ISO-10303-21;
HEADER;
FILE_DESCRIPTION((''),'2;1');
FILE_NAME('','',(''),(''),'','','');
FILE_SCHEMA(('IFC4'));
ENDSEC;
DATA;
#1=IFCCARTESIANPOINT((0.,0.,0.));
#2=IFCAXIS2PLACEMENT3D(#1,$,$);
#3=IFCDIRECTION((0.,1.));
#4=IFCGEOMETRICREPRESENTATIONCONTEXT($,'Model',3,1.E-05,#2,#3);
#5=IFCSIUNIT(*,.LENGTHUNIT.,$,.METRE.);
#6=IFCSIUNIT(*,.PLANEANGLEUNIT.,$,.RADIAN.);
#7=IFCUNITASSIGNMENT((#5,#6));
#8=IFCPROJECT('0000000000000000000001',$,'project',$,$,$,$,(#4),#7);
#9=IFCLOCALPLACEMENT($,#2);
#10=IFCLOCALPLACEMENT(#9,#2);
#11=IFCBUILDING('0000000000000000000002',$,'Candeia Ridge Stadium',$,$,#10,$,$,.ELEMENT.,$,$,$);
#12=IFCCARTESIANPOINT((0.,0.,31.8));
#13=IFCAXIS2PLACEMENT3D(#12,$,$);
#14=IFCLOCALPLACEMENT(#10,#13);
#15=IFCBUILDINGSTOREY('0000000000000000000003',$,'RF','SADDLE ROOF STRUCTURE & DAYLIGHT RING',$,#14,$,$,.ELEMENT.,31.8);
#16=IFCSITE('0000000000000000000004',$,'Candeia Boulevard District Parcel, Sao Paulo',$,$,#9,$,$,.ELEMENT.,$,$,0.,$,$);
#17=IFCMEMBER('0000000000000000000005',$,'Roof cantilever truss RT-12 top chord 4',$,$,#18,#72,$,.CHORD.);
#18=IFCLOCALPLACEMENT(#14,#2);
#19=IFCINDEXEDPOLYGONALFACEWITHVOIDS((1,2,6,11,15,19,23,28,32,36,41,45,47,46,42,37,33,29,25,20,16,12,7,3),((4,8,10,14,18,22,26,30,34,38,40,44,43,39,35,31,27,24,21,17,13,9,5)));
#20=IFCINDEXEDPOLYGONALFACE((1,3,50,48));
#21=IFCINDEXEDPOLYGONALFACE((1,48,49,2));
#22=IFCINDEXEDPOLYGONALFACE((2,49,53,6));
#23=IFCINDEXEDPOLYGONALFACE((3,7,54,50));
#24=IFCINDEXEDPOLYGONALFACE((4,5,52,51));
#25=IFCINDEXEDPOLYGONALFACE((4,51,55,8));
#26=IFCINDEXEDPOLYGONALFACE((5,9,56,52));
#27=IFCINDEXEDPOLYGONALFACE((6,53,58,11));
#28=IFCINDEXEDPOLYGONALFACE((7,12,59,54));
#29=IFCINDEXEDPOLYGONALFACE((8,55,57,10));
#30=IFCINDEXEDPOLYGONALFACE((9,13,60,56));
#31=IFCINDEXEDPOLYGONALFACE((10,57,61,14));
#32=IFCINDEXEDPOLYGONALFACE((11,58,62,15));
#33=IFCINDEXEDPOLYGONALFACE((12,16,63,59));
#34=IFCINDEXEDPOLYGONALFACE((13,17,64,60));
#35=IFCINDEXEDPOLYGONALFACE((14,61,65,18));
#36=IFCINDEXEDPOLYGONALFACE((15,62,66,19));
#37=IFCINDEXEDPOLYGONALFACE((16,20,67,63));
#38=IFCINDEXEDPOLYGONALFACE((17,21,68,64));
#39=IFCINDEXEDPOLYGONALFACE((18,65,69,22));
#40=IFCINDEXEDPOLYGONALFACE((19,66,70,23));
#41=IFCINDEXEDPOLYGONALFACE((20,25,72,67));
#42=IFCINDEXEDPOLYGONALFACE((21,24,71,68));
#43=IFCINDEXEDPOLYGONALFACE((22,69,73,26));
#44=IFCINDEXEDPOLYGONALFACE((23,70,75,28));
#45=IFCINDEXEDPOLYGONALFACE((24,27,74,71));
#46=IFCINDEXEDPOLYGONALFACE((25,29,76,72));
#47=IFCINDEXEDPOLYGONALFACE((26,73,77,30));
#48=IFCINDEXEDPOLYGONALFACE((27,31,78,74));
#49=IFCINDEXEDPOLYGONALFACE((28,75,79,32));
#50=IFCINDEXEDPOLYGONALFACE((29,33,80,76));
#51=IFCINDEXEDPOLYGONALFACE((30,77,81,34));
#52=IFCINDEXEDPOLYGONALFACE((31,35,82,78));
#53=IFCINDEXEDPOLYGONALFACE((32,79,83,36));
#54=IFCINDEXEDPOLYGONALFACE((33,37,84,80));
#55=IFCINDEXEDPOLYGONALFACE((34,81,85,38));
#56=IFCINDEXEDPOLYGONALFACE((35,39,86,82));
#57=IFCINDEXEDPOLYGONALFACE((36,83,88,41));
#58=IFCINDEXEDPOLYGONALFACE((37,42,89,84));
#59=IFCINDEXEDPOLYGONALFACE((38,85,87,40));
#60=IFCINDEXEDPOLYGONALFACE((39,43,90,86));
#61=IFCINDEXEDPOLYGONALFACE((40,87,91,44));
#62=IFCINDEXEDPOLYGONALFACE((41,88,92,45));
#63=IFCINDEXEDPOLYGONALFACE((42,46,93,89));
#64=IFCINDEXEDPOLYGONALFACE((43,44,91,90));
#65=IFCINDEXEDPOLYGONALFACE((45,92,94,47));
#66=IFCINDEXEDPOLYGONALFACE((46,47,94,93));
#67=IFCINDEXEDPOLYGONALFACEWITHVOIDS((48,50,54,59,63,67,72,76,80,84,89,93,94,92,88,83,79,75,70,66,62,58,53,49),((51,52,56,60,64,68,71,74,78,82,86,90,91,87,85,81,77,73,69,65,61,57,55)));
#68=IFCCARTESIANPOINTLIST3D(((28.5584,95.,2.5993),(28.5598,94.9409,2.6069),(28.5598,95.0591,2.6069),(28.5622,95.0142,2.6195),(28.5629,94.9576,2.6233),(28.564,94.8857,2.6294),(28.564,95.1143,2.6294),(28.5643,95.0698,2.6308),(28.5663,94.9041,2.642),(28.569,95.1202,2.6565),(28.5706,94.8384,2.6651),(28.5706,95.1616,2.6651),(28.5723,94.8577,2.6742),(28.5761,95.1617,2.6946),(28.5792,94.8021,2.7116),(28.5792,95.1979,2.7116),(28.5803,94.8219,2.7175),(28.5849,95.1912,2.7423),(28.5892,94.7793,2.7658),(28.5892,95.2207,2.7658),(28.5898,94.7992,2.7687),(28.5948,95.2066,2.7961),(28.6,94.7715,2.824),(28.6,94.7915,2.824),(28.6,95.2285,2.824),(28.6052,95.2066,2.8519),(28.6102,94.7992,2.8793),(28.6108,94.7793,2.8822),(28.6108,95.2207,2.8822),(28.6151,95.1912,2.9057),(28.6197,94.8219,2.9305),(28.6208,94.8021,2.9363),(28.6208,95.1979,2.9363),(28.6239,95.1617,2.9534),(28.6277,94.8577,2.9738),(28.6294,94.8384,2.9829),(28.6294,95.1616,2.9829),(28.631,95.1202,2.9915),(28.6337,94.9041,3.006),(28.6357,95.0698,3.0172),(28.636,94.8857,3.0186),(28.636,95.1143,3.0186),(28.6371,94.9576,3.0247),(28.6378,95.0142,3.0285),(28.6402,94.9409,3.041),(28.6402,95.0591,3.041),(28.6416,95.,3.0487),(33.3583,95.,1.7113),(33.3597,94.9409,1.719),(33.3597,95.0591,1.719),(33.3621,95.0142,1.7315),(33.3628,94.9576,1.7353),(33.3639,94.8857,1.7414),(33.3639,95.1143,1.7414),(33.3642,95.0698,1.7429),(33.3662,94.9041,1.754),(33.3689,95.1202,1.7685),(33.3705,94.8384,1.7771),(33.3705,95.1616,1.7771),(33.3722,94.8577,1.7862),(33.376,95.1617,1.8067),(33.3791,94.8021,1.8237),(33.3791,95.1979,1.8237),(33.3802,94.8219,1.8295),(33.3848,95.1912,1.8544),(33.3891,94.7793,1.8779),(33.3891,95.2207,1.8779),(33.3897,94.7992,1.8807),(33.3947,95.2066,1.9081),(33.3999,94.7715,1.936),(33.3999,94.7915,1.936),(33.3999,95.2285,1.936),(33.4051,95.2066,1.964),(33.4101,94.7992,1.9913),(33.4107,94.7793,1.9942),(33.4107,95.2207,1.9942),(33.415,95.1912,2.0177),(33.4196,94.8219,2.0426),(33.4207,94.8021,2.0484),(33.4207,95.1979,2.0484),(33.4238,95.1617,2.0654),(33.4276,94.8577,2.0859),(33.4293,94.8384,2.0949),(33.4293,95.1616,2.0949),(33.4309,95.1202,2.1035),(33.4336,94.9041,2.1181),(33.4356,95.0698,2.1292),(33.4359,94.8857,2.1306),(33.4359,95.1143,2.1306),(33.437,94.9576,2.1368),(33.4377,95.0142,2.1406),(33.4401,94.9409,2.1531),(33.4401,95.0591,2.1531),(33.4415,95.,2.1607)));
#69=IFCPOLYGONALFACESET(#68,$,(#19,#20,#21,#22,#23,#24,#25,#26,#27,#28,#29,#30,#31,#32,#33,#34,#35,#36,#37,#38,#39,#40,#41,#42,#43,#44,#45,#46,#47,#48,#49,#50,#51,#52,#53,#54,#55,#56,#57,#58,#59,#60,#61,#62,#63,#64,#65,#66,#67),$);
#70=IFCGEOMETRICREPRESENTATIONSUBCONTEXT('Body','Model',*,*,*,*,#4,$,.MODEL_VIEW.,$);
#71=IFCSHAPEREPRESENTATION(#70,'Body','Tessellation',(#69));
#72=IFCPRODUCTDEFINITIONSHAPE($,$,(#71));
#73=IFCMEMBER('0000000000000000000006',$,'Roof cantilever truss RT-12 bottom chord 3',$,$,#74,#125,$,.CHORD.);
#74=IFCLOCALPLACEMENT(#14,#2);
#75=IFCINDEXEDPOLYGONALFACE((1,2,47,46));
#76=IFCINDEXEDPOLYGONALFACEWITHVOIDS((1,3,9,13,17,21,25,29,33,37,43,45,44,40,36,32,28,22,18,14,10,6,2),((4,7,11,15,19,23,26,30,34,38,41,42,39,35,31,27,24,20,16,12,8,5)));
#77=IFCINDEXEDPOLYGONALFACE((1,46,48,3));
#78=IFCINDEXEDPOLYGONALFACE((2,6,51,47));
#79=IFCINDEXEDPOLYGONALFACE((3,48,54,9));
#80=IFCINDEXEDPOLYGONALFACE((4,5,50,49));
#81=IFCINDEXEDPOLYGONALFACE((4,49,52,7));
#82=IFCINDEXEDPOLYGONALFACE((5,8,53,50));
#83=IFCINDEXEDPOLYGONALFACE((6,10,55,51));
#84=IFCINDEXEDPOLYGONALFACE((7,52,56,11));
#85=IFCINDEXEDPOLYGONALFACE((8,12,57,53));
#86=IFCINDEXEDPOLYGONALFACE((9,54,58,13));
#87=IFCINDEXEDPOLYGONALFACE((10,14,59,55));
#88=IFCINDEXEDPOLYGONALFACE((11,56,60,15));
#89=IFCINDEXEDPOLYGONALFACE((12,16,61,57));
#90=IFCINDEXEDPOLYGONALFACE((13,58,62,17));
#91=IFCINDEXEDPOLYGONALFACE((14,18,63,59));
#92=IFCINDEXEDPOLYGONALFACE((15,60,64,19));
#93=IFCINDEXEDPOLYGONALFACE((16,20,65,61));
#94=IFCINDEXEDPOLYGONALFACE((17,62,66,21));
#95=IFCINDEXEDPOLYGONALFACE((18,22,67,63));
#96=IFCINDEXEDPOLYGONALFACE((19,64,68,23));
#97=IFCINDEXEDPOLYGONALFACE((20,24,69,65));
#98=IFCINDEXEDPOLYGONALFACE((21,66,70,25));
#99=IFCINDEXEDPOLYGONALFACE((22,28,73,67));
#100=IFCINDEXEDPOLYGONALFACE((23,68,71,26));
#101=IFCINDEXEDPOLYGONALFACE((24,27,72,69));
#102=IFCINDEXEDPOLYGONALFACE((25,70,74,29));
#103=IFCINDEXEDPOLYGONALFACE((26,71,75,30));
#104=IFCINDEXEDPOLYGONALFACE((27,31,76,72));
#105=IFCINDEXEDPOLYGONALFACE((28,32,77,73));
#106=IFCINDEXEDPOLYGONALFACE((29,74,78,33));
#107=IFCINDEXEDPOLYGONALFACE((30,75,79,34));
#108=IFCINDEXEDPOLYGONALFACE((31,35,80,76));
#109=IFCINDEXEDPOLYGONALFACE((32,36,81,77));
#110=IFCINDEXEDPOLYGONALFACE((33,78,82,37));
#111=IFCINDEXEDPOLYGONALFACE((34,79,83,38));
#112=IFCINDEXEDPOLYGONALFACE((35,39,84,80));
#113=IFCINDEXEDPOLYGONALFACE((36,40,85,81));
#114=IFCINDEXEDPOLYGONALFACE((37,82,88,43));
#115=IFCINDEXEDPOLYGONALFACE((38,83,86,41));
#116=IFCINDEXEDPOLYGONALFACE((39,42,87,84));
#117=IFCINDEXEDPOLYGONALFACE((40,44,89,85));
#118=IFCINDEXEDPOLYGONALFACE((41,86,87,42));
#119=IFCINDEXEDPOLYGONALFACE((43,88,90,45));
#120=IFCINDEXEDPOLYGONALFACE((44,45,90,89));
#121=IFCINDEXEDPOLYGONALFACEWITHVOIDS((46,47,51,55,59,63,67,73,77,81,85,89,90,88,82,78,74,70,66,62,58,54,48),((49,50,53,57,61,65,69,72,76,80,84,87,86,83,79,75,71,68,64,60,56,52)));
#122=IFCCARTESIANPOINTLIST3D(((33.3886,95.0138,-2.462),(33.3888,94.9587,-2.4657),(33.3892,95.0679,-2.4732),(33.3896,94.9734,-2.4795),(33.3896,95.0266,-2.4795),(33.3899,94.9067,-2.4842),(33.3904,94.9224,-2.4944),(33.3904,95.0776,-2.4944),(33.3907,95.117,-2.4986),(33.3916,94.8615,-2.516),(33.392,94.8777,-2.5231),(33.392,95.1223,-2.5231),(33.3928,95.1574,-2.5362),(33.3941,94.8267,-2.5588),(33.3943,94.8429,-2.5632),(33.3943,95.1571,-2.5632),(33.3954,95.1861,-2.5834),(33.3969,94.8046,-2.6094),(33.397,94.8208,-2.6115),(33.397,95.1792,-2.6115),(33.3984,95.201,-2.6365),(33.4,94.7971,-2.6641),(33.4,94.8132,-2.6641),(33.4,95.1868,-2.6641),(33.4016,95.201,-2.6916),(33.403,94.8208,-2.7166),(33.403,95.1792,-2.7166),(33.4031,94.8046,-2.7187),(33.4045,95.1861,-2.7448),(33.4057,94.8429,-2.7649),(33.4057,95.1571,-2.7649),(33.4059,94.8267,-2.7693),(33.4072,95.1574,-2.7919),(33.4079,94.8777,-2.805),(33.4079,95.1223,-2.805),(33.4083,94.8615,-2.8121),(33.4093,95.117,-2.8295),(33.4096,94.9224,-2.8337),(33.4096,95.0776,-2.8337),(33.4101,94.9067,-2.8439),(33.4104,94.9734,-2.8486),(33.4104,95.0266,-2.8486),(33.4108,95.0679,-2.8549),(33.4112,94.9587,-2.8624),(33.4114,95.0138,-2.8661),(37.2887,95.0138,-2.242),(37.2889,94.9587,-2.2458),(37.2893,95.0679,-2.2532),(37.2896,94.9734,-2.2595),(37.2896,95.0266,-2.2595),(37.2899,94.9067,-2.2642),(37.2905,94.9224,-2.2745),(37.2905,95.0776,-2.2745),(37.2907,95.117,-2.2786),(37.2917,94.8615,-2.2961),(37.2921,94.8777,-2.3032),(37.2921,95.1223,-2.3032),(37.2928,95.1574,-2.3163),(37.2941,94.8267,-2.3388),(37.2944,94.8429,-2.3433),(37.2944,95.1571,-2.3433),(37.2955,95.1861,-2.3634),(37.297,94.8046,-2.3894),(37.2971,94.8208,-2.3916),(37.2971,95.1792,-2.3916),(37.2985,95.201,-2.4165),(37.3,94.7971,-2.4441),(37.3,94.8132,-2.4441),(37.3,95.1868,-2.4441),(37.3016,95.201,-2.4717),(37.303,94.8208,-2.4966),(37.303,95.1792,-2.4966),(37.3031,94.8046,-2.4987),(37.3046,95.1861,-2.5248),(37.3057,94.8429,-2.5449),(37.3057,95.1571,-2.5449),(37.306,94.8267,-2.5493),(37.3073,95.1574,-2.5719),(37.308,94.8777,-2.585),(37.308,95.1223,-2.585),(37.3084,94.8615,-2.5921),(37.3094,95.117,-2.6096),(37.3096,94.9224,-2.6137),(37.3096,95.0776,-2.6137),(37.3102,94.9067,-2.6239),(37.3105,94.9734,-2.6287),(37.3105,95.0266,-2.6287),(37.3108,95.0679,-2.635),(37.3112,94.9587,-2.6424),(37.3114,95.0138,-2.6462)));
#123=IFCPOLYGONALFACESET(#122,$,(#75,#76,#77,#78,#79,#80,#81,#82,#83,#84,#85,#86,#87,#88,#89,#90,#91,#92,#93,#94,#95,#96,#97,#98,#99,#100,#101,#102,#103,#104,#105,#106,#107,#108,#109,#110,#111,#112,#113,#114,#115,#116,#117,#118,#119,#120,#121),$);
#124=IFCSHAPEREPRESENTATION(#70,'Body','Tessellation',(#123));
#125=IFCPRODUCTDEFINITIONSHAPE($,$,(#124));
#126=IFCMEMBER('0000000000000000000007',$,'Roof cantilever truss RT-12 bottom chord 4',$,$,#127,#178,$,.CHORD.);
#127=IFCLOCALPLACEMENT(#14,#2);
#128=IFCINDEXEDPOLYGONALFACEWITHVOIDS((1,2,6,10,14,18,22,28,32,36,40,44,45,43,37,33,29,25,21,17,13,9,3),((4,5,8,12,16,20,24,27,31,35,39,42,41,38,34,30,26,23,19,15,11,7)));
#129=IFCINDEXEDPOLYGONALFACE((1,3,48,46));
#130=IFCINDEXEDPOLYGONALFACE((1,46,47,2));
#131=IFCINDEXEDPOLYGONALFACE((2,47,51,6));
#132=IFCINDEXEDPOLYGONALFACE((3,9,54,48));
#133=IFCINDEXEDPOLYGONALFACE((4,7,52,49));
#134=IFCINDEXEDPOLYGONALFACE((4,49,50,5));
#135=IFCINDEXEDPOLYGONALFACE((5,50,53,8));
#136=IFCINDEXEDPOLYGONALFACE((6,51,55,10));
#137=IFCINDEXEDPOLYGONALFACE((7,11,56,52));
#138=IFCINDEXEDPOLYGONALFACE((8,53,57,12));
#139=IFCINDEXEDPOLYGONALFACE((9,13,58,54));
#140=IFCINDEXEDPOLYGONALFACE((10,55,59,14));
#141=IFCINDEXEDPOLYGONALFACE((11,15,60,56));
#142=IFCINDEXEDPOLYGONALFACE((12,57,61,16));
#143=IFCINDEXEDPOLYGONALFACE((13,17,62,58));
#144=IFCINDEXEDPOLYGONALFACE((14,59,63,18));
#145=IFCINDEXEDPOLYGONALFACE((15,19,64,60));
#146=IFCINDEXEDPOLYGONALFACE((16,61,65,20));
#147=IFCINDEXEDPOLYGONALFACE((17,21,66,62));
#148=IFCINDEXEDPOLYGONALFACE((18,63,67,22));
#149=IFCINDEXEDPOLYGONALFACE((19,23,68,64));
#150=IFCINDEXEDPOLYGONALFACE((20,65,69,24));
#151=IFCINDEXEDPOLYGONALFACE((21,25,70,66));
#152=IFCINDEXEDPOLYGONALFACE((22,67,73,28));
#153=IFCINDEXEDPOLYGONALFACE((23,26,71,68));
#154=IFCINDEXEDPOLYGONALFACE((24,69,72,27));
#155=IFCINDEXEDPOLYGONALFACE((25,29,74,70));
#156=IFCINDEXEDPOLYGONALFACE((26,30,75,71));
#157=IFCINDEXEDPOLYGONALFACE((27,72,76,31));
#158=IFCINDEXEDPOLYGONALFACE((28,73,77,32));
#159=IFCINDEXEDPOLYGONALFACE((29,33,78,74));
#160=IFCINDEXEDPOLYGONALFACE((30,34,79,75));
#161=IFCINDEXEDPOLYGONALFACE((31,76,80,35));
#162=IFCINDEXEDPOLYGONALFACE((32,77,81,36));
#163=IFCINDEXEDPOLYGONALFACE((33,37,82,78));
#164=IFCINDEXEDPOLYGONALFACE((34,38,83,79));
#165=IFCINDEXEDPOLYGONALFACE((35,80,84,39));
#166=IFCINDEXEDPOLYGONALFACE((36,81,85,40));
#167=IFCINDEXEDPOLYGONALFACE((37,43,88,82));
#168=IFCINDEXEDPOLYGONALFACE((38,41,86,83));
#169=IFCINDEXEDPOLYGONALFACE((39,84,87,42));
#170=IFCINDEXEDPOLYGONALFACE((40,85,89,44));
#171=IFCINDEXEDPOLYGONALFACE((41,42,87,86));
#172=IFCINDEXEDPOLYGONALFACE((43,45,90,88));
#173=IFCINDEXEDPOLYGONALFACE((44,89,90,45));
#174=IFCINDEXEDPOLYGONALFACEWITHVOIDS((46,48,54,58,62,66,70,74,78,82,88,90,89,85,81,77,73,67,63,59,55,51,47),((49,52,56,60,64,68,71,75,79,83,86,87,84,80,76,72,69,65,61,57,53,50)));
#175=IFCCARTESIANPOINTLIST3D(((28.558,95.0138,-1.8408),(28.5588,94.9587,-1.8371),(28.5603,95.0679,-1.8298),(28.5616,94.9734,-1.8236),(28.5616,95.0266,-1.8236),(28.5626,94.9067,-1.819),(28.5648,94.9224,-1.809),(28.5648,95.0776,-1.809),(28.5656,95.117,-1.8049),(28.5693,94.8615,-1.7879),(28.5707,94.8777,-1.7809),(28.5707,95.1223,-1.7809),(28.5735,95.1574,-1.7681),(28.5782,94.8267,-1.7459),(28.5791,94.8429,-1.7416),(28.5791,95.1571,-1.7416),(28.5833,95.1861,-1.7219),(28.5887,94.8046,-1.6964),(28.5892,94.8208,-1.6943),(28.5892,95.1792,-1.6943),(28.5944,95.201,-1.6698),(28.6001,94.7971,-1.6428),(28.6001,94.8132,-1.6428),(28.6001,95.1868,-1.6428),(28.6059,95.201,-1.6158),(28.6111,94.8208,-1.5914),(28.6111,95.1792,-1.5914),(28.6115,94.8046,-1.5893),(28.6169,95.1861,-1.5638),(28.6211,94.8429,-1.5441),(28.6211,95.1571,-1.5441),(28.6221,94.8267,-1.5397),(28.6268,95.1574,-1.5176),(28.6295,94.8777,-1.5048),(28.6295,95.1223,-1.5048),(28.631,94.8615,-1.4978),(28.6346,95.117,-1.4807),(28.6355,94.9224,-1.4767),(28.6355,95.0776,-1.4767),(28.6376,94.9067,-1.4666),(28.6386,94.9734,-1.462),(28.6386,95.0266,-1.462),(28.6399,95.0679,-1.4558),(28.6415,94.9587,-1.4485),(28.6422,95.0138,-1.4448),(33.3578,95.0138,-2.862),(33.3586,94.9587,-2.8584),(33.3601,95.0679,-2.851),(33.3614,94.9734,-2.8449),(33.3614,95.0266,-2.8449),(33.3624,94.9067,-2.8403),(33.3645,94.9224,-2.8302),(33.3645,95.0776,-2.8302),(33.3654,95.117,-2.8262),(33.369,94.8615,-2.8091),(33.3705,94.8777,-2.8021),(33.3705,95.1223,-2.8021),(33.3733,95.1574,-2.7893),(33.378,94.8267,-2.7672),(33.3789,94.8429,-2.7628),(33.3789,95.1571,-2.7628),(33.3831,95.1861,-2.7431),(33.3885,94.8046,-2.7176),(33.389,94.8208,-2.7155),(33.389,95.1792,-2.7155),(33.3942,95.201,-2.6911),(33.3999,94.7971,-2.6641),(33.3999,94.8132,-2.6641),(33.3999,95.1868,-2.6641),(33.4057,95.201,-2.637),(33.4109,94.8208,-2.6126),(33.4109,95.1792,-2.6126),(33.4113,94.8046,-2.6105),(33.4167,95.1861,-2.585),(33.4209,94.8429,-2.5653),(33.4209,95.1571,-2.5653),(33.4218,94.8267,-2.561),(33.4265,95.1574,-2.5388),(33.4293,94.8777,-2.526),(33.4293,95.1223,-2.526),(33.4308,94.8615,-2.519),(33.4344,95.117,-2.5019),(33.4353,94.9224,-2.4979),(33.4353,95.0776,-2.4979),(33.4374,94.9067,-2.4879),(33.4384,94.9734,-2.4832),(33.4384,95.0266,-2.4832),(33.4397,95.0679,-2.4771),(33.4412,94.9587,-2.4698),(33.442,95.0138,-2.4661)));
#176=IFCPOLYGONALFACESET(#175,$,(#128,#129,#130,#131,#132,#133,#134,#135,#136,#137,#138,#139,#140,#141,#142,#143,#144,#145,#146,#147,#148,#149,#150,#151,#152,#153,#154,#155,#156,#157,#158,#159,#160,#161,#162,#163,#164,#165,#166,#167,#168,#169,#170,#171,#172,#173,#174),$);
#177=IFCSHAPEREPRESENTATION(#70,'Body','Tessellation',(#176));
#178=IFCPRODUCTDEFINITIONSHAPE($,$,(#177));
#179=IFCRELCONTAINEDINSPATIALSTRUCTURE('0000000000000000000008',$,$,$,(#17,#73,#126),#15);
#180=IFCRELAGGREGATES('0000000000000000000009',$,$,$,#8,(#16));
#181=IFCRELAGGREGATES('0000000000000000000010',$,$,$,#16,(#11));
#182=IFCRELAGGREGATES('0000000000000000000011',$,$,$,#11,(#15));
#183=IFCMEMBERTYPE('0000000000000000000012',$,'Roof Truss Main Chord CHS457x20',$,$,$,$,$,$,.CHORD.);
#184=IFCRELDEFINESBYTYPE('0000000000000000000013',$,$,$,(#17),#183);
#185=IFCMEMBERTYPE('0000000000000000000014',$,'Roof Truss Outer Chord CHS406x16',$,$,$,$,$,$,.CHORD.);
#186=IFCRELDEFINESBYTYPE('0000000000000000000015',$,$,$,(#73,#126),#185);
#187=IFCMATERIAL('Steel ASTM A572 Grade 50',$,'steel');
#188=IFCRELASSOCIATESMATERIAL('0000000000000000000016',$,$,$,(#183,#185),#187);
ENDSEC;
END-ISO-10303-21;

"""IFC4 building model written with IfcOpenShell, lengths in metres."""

from ifc_helpers import new_model, si_unit, direction, frame, origin, origin_2d, place, context, subcontext, project, spatial, hollow_circle, extrude, material, material_profile, profile_set, type_object, element, save


model = new_model("IFC4")

# Units and contexts
model_context = context("Model", 3, precision=1e-05, world=origin(), true_north=direction((0.0, 1.0)))
body_context = subcontext(model_context, "Body", "Model", "MODEL_VIEW")
ifc_project = project(units=[si_unit("LENGTHUNIT", "METRE"), si_unit("PLANEANGLEUNIT", "RADIAN")], contexts=[model_context])

# Site, building, storey
site_placement = place(None, origin())
site = spatial("IfcSite", under=ifc_project, at=site_placement, Name="Candeia Boulevard District Parcel, Sao Paulo", CompositionType="ELEMENT", RefElevation=0.0)
building_placement = place(site_placement, origin())
building = spatial("IfcBuilding", under=site, at=building_placement, Name="Candeia Ridge Stadium", CompositionType="ELEMENT")
storey_placement = place(building_placement, frame((0.0, 0.0, 31.8)))
storey = spatial("IfcBuildingStorey", under=building, at=storey_placement, Name="RF", Description="SADDLE ROOF STRUCTURE & DAYLIGHT RING", CompositionType="ELEMENT", Elevation=31.8)

# Shared definitions
ifc_material_1 = material(Name="Steel ASTM A572 Grade 50", Category="steel")

# Members
ifc_material_profile_1 = material_profile(ifc_material_1, hollow_circle(Radius=0.2285, WallThickness=0.02, at=origin_2d()), Name="CHS457x20", Category="steel")
ifc_profile_set_1 = profile_set([ifc_material_profile_1], Name="Steel ASTM A572 Grade 50")
member_type_1 = type_object("IfcMemberType", Name="Roof Truss Main Chord CHS457x20", PredefinedType="CHORD", material=ifc_profile_set_1)
member_1_placement = place(storey_placement, frame((33.3999, 95.0, 1.936), z_axis=(-0.983315, 0.0, 0.181908), x_axis=(0.0, -1.0, 0.0)))
element("IfcMember", 1, at=member_1_placement, inside=storey, type_object=member_type_1, Name="Roof cantilever truss RT-12 top chord 4", PredefinedType="CHORD", context=body_context, shape_type="SweptSolid", body=[
    extrude(hollow_circle(Radius=0.2285, WallThickness=0.02, at=origin_2d()), origin(), (0.0, 0.0, 1.0), 4.8813),
])
ifc_material_profile_2 = material_profile(ifc_material_1, hollow_circle(Radius=0.2029, WallThickness=0.0161, at=origin_2d()), Name="CHS406x16", Category="steel")
ifc_profile_set_2 = profile_set([ifc_material_profile_2], Name="Steel ASTM A572 Grade 50")
member_type_2 = type_object("IfcMemberType", Name="Roof Truss Outer Chord CHS406x16", PredefinedType="CHORD", material=ifc_profile_set_2)
member_2_placement = place(storey_placement, frame((37.3, 95.0, -2.4441), z_axis=(-0.998413, 0.0, -0.056311), x_axis=(0.0, -1.0, 0.0)))
element("IfcMember", 2, at=member_2_placement, inside=storey, type_object=member_type_2, Name="Roof cantilever truss RT-12 bottom chord 3", PredefinedType="CHORD", context=body_context, shape_type="SweptSolid", body=[
    extrude(hollow_circle(Radius=0.2029, WallThickness=0.0161, at=origin_2d()), origin(), (0.0, 0.0, 1.0), 3.9062),
])
member_3_placement = place(storey_placement, frame((33.3999, 95.0, -2.6641), z_axis=(-0.978106, 0.0, 0.208109), x_axis=(0.0, -1.0, 0.0)))
element("IfcMember", 3, at=member_3_placement, inside=storey, type_object=member_type_2, Name="Roof cantilever truss RT-12 bottom chord 4", PredefinedType="CHORD", context=body_context, shape_type="SweptSolid", body=[
    extrude(hollow_circle(Radius=0.2029, WallThickness=0.0161, at=origin_2d()), origin(), (0.0, 0.0, 1.0), 4.9072),
])

save(model, "model.ifc")
